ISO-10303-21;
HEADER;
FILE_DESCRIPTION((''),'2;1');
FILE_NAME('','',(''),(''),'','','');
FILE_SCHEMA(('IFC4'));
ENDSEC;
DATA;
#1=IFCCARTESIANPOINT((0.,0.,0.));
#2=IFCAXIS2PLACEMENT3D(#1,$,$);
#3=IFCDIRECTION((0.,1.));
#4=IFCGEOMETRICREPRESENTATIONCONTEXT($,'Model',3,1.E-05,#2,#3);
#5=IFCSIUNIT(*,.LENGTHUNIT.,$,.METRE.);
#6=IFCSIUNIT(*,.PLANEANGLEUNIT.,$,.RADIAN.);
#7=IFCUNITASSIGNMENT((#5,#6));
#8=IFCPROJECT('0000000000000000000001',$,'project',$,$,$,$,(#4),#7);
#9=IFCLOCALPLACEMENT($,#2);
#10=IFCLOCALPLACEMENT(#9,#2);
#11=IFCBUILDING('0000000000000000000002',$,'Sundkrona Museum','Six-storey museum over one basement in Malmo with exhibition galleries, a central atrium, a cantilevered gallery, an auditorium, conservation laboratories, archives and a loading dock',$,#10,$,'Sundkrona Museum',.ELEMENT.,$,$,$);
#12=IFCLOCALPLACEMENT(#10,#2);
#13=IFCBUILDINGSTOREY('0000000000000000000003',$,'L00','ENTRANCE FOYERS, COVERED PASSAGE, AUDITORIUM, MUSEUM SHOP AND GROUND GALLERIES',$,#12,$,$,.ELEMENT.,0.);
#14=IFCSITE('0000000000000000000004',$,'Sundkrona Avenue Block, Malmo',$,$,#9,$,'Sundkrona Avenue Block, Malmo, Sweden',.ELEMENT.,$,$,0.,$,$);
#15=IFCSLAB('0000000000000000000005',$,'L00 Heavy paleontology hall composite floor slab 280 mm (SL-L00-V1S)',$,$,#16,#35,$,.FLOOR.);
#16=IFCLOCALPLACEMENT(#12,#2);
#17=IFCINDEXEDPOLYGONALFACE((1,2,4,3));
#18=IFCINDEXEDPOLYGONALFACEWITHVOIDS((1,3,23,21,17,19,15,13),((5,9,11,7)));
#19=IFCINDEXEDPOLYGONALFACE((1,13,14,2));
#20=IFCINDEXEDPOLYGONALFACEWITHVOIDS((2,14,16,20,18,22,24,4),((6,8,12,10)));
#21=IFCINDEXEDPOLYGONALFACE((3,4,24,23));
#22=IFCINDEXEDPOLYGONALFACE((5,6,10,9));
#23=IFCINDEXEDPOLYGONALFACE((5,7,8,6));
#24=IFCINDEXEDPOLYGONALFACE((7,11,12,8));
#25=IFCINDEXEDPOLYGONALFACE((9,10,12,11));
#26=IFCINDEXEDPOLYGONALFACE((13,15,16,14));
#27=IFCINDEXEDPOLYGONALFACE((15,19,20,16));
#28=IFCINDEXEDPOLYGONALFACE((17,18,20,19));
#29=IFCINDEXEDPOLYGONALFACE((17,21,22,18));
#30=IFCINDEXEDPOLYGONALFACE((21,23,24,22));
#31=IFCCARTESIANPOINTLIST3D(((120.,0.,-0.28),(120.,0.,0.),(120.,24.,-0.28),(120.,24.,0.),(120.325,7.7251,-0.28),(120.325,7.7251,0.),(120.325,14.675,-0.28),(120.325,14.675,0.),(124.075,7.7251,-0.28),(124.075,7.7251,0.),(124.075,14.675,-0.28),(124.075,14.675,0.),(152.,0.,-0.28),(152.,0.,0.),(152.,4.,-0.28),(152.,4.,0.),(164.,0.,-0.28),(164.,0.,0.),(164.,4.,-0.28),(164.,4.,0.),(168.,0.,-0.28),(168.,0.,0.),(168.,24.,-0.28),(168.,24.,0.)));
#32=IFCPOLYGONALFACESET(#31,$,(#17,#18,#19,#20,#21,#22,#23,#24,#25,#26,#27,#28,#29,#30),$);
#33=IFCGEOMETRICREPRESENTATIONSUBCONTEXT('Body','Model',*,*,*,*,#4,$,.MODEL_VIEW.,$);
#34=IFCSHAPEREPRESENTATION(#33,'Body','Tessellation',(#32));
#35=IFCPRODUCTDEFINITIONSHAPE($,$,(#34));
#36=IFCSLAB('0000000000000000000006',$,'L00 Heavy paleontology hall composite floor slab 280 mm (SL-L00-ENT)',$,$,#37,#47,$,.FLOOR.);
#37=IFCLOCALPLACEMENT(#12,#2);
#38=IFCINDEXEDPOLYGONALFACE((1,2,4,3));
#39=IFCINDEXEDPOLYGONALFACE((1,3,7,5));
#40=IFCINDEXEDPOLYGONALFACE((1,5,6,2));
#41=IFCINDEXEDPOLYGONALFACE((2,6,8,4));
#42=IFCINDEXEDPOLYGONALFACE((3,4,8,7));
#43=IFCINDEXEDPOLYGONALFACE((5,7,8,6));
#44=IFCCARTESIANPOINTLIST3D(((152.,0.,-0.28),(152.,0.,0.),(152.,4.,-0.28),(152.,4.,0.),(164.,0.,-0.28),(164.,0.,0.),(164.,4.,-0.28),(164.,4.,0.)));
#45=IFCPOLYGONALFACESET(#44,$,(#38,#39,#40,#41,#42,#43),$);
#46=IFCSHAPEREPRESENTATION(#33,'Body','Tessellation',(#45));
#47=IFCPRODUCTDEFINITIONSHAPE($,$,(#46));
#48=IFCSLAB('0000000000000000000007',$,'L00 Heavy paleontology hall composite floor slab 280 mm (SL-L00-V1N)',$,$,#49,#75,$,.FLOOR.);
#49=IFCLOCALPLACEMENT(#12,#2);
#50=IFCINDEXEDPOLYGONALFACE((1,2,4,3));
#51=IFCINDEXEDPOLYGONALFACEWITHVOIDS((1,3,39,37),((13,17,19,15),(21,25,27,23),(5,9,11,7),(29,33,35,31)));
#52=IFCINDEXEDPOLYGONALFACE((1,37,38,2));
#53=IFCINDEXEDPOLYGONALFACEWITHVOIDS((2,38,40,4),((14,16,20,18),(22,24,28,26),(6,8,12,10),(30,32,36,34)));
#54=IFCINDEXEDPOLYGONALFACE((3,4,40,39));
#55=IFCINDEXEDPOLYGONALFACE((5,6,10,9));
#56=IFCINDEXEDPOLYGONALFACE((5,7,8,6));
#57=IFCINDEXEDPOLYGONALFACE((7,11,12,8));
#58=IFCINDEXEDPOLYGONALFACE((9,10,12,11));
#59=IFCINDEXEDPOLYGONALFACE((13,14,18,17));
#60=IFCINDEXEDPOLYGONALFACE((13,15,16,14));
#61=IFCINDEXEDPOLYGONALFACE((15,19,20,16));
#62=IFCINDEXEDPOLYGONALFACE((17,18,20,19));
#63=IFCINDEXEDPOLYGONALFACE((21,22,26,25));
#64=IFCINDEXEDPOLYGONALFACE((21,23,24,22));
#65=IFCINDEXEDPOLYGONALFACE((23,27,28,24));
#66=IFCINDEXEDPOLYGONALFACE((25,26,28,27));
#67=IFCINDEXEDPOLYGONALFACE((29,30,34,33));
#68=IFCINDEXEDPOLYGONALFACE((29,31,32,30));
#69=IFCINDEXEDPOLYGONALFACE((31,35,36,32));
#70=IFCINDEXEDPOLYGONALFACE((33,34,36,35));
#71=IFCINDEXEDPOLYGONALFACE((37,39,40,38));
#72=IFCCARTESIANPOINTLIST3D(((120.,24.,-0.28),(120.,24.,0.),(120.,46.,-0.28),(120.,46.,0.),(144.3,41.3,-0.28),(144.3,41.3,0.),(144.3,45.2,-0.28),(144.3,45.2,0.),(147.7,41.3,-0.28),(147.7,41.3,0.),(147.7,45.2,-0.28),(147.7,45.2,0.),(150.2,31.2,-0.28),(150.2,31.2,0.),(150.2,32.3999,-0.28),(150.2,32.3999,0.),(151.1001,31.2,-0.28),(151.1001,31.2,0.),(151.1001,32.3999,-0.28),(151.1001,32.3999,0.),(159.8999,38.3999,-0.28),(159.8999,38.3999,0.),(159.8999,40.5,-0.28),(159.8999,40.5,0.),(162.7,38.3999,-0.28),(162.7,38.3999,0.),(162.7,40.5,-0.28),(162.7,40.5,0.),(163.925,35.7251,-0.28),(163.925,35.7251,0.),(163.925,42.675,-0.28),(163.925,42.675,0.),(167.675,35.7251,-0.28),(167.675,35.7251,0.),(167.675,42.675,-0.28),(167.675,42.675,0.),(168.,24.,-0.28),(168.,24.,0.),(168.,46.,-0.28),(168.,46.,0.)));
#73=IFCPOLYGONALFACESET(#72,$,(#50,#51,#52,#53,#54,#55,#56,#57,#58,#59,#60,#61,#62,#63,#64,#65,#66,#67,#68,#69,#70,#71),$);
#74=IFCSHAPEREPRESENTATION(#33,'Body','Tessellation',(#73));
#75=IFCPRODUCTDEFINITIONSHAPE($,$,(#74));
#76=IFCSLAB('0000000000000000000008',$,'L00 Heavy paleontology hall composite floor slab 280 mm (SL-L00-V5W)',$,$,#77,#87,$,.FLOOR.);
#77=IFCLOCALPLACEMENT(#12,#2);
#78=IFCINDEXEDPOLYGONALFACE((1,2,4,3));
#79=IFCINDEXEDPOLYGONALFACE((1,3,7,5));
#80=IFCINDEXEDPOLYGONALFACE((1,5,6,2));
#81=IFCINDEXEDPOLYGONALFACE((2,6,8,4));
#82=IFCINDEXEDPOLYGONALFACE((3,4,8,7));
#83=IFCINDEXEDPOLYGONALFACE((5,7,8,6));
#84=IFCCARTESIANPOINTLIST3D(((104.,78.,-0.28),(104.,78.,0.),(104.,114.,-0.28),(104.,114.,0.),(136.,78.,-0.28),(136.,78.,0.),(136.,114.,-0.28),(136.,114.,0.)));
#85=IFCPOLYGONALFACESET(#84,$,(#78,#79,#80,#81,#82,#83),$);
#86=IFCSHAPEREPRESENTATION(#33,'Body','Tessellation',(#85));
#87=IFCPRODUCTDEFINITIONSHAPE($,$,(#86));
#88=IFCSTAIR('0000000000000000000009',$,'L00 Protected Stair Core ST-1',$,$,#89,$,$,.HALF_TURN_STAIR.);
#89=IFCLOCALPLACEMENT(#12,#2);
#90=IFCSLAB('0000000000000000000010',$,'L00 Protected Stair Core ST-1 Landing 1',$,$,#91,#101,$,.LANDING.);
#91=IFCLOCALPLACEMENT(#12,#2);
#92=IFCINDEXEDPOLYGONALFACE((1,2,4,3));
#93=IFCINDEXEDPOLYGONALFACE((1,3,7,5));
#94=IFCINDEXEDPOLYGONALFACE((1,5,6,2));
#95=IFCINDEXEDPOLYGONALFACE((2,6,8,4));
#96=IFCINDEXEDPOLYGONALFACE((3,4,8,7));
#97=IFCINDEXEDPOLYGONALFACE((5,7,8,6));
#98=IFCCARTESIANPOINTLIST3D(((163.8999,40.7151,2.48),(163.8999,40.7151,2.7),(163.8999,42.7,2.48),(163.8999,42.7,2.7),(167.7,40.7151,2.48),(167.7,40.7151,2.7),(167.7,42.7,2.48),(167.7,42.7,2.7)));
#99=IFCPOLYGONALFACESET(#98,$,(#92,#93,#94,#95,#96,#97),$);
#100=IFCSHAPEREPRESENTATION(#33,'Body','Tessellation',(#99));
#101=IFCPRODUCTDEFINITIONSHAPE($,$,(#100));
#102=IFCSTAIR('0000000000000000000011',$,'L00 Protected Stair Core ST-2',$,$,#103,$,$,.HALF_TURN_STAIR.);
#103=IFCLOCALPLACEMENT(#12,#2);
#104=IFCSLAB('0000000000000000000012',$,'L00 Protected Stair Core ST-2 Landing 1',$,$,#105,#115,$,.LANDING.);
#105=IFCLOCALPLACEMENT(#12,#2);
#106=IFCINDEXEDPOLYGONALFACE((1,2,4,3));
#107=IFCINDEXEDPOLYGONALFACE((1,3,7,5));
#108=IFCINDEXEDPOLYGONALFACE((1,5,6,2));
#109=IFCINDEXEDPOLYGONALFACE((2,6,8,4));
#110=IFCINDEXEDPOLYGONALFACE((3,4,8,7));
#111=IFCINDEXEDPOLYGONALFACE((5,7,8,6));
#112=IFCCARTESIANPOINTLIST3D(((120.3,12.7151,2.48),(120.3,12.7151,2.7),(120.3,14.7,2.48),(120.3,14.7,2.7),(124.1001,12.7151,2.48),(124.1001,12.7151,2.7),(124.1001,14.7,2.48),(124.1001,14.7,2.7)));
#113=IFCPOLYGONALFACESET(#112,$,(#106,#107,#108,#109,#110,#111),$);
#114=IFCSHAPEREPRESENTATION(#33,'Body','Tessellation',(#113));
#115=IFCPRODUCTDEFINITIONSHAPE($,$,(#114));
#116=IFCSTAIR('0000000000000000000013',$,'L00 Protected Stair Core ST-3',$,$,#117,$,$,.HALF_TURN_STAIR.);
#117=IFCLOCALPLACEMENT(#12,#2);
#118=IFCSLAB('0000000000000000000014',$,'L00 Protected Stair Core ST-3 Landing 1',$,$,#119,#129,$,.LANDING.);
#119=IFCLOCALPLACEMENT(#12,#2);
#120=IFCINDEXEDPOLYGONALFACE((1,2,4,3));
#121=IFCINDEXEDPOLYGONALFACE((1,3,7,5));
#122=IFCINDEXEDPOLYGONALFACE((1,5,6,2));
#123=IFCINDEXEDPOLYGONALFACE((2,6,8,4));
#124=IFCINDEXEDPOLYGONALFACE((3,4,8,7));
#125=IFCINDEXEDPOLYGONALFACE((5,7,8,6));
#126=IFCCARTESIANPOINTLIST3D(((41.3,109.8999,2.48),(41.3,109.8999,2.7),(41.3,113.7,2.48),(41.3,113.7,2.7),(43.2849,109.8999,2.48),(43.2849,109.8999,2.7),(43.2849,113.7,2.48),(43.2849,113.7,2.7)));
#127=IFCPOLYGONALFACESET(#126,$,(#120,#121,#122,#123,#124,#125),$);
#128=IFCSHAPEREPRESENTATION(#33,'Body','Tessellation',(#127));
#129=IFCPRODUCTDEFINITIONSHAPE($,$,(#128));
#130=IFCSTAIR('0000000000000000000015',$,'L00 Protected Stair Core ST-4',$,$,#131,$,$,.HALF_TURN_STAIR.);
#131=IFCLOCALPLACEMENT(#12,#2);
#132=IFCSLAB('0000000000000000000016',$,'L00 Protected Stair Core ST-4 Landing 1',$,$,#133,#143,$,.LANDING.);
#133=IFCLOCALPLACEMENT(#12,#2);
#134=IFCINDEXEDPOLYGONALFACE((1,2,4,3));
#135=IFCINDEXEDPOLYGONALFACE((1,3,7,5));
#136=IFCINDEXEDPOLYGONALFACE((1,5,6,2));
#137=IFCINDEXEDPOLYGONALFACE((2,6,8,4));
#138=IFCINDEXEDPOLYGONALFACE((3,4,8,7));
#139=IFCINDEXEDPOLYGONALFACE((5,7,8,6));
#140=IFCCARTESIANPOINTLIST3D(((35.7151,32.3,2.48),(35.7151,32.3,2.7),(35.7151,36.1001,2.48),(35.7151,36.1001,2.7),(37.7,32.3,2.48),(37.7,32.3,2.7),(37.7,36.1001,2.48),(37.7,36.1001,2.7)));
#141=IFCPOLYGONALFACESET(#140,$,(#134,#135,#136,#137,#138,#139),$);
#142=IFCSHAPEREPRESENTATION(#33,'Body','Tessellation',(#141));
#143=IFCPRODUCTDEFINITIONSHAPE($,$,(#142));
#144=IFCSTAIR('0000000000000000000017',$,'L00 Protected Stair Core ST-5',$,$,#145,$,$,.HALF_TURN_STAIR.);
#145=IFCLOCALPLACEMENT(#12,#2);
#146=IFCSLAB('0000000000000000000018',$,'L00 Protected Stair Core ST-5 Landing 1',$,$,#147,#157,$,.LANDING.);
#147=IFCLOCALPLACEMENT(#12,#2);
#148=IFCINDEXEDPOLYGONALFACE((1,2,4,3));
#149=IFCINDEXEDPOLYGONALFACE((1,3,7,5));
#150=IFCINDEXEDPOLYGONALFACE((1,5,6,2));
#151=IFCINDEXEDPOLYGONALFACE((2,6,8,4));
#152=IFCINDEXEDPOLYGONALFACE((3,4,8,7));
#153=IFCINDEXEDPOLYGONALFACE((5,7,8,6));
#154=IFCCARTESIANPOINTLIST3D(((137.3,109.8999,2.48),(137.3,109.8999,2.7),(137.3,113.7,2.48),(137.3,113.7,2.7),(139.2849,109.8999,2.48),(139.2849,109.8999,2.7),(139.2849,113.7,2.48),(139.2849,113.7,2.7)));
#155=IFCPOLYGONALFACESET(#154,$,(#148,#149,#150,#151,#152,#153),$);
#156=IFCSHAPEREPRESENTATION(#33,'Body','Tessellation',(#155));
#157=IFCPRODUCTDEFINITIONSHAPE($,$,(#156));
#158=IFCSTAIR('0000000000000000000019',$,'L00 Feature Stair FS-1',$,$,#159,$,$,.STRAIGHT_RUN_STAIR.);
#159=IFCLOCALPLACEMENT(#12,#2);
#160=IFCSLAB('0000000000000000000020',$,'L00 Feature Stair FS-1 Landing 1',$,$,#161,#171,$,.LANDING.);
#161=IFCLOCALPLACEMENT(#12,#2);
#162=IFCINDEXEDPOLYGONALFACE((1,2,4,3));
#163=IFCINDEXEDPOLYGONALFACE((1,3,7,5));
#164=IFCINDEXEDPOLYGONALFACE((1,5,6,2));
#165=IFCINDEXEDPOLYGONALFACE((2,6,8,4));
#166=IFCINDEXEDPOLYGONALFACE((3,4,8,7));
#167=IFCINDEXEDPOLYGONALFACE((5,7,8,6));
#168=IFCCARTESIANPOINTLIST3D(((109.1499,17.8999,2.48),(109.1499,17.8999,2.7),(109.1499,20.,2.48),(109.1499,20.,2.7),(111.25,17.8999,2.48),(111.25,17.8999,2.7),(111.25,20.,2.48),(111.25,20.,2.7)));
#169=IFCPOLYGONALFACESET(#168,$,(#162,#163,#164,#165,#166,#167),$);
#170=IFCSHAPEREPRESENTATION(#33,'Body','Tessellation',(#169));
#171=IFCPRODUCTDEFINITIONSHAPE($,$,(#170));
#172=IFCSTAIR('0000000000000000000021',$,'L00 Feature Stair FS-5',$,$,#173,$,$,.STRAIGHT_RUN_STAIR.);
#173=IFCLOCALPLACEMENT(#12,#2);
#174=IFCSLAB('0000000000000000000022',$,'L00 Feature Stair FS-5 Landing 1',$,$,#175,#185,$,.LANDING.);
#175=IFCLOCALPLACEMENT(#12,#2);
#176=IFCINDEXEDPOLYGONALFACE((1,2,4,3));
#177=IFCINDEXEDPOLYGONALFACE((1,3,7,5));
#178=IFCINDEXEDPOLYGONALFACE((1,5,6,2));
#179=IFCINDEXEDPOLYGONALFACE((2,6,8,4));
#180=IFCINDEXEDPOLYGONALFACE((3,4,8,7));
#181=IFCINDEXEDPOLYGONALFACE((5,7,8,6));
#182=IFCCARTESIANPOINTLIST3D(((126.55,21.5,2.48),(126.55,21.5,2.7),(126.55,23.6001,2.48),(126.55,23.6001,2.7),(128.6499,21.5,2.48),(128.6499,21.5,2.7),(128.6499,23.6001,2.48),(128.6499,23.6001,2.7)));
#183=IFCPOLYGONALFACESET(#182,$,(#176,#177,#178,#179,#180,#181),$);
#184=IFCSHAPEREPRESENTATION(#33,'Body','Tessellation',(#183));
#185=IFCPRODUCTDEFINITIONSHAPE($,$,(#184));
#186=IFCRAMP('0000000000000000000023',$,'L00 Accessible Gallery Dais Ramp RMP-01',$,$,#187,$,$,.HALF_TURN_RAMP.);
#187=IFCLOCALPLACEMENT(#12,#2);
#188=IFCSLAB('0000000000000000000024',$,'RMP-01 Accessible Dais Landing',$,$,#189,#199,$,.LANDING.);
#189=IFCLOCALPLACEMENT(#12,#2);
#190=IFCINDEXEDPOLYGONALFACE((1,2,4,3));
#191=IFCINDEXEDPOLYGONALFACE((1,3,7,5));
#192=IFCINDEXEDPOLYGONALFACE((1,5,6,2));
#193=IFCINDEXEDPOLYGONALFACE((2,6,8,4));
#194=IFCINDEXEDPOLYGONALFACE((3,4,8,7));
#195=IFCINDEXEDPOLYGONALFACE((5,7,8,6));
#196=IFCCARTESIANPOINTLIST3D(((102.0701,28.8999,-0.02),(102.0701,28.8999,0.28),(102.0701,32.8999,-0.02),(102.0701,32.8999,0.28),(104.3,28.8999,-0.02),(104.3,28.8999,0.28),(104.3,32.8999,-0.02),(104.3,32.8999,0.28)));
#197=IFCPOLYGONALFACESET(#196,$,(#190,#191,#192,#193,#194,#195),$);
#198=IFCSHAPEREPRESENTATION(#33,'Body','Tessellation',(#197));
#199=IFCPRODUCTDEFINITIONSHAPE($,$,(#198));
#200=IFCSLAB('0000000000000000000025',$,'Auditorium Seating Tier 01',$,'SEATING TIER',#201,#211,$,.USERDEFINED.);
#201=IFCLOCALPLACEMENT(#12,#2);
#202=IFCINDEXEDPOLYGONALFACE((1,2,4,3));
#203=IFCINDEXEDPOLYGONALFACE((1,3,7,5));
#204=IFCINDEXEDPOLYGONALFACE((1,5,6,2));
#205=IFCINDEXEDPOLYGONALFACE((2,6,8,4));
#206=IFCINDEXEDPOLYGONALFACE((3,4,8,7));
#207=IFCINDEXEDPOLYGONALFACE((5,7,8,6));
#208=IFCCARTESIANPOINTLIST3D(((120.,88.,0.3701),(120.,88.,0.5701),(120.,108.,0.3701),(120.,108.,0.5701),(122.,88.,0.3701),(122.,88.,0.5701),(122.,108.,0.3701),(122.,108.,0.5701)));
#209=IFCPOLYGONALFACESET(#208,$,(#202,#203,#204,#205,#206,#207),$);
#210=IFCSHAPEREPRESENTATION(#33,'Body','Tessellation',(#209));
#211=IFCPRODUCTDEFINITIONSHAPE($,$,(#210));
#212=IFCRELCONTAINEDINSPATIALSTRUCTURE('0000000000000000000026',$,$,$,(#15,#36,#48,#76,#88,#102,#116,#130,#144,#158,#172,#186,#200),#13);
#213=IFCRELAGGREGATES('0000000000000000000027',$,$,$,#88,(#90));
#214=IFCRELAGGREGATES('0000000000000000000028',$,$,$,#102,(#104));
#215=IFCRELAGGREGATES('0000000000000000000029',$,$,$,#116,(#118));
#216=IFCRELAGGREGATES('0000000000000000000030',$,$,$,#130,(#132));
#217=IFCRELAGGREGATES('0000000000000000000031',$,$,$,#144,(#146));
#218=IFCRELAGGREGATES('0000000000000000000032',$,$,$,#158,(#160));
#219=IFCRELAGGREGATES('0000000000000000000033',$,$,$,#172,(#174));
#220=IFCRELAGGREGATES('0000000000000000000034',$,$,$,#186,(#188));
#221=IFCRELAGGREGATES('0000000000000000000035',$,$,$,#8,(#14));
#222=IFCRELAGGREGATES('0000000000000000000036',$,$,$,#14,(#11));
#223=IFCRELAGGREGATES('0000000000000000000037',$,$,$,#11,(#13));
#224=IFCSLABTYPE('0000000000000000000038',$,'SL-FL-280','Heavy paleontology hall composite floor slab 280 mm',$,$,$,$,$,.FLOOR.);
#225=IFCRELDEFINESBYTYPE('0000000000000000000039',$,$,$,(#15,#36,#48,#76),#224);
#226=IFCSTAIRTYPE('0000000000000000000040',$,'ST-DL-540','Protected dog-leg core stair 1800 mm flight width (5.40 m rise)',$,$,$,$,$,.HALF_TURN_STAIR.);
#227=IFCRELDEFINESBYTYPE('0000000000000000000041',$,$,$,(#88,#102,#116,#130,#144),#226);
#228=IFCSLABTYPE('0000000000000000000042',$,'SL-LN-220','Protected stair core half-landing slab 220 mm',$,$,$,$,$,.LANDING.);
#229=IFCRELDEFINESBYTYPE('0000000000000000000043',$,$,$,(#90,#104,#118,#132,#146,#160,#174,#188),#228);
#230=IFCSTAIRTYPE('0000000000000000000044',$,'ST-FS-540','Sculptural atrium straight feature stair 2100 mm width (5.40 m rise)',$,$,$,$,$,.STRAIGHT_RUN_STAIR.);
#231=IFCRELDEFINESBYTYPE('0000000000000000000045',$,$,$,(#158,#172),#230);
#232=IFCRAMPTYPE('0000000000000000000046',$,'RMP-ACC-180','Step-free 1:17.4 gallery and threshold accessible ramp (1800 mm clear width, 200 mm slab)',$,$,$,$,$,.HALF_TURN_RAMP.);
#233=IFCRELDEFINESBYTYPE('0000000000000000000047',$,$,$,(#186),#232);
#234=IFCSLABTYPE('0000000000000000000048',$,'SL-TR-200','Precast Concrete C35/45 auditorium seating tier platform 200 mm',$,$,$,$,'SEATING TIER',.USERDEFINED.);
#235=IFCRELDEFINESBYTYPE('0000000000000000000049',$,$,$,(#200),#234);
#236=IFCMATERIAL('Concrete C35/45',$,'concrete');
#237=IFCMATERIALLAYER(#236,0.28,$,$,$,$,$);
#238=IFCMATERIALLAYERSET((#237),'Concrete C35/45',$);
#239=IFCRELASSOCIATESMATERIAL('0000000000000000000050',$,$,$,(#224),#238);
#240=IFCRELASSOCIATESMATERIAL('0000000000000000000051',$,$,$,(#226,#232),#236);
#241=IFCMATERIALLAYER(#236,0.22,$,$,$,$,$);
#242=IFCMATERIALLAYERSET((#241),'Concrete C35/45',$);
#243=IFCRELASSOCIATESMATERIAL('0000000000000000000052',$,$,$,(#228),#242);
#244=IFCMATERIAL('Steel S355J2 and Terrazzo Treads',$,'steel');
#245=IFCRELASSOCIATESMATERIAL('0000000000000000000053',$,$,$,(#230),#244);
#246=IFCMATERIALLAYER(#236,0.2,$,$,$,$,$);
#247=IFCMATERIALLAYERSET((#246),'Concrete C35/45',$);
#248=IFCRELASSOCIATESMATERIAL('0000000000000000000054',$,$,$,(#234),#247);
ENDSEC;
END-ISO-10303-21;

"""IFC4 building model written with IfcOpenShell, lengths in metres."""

from ifc_helpers import new_model, si_unit, direction, frame, origin, place, context, subcontext, project, spatial, polyline, outline, extrude, material, layer, layer_set, type_object, element, aggregate, save


model = new_model("IFC4")

# Units and contexts
model_context = context("Model", 3, precision=1e-05, world=origin(), true_north=direction((0.0, 1.0)))
body_context = subcontext(model_context, "Body", "Model", "MODEL_VIEW")
ifc_project = project(units=[si_unit("LENGTHUNIT", "METRE"), si_unit("PLANEANGLEUNIT", "RADIAN")], contexts=[model_context])

# Site, building, storey
site_placement = place(None, origin())
site = spatial("IfcSite", under=ifc_project, at=site_placement, Name="Sundkrona Avenue Block, Malmo", LongName="Sundkrona Avenue Block, Malmo, Sweden", CompositionType="ELEMENT", RefElevation=0.0)
building_placement = place(site_placement, origin())
building = spatial("IfcBuilding", under=site, at=building_placement, Name="Sundkrona Museum", Description="Six-storey museum over one basement in Malmo with exhibition galleries, a central atrium, a cantilevered gallery, an auditorium, conservation laboratories, archives and a loading dock", LongName="Sundkrona Museum", CompositionType="ELEMENT")
storey_placement = place(building_placement, origin())
storey = spatial("IfcBuildingStorey", under=building, at=storey_placement, Name="L00", Description="ENTRANCE FOYERS, COVERED PASSAGE, AUDITORIUM, MUSEUM SHOP AND GROUND GALLERIES", CompositionType="ELEMENT", Elevation=0.0)

# Slabs
ifc_material_1 = material(Name="Concrete C35/45", Category="concrete")
ifc_layer_1 = layer(ifc_material_1, 0.28)
ifc_layer_set_1 = layer_set([ifc_layer_1], Name="Concrete C35/45")
slab_type_1 = type_object("IfcSlabType", Name="SL-FL-280", Description="Heavy paleontology hall composite floor slab 280 mm", PredefinedType="FLOOR", material=ifc_layer_set_1)
slab_1_placement = place(storey_placement, frame((0.0, 0.0, -0.28)))
element("IfcSlab", 1, at=slab_1_placement, inside=storey, type_object=slab_type_1, Name="L00 Heavy paleontology hall composite floor slab 280 mm (SL-L00-V1S)", PredefinedType="FLOOR", context=body_context, shape_type="SweptSolid", body=[
    extrude(outline(polyline([(120.0, 0.0), (152.0, 0.0), (152.0, 4.0), (164.0, 4.0), (164.0, 0.0), (168.0, 0.0), (168.0, 24.0), (120.0, 24.0), (120.0, 0.0)]), holes=[polyline([(124.075, 14.675), (124.075, 7.7251), (120.325, 7.7251), (120.325, 14.675), (124.075, 14.675)])]), origin(), (0.0, 0.0, 1.0), 0.28),
])
slab_2_placement = place(storey_placement, frame((0.0, 0.0, -0.28)))
element("IfcSlab", 2, at=slab_2_placement, inside=storey, type_object=slab_type_1, Name="L00 Heavy paleontology hall composite floor slab 280 mm (SL-L00-ENT)", PredefinedType="FLOOR", context=body_context, shape_type="SweptSolid", body=[
    extrude(outline(polyline([(152.0, 0.0), (164.0, 0.0), (164.0, 4.0), (152.0, 4.0), (152.0, 0.0)])), origin(), (0.0, 0.0, 1.0), 0.28),
])
slab_3_placement = place(storey_placement, frame((0.0, 0.0, -0.28)))
element("IfcSlab", 3, at=slab_3_placement, inside=storey, type_object=slab_type_1, Name="L00 Heavy paleontology hall composite floor slab 280 mm (SL-L00-V1N)", PredefinedType="FLOOR", context=body_context, shape_type="SweptSolid", body=[
    extrude(outline(polyline([(120.0, 24.0), (168.0, 24.0), (168.0, 46.0), (120.0, 46.0), (120.0, 24.0)]), holes=[polyline([(167.675, 42.675), (167.675, 35.7251), (163.925, 35.7251), (163.925, 42.675), (167.675, 42.675)]), polyline([(162.7, 38.3999), (159.8999, 38.3999), (159.8999, 40.5), (162.7, 40.5), (162.7, 38.3999)]), polyline([(151.1001, 31.2), (150.2, 31.2), (150.2, 32.3999), (151.1001, 32.3999), (151.1001, 31.2)]), polyline([(147.7, 41.3), (144.3, 41.3), (144.3, 45.2), (147.7, 45.2), (147.7, 41.3)])]), origin(), (0.0, 0.0, 1.0), 0.28),
])
slab_4_placement = place(storey_placement, frame((0.0, 0.0, -0.28)))
element("IfcSlab", 4, at=slab_4_placement, inside=storey, type_object=slab_type_1, Name="L00 Heavy paleontology hall composite floor slab 280 mm (SL-L00-V5W)", PredefinedType="FLOOR", context=body_context, shape_type="SweptSolid", body=[
    extrude(outline(polyline([(104.0, 78.0), (136.0, 78.0), (136.0, 114.0), (104.0, 114.0), (104.0, 78.0)])), origin(), (0.0, 0.0, 1.0), 0.28),
])

# Stairs, slabs
stair_type_1 = type_object("IfcStairType", Name="ST-DL-540", Description="Protected dog-leg core stair 1800 mm flight width (5.40 m rise)", PredefinedType="HALF_TURN_STAIR", material=ifc_material_1)
stair_1_placement = place(storey_placement, origin())
stair_1 = element("IfcStair", 5, at=stair_1_placement, inside=storey, type_object=stair_type_1, Name="L00 Protected Stair Core ST-1", PredefinedType="HALF_TURN_STAIR")
ifc_layer_2 = layer(ifc_material_1, 0.22)
ifc_layer_set_2 = layer_set([ifc_layer_2], Name="Concrete C35/45")
slab_type_2 = type_object("IfcSlabType", Name="SL-LN-220", Description="Protected stair core half-landing slab 220 mm", PredefinedType="LANDING", material=ifc_layer_set_2)
slab_5_placement = place(storey_placement, frame((0.0, 0.0, 2.48)))
slab_5 = element("IfcSlab", 6, at=slab_5_placement, type_object=slab_type_2, Name="L00 Protected Stair Core ST-1 Landing 1", PredefinedType="LANDING", context=body_context, shape_type="SweptSolid", body=[
    extrude(outline(polyline([(167.7, 40.7151), (167.7, 42.7), (163.8999, 42.7), (163.8999, 40.7151), (167.7, 40.7151)])), origin(), (0.0, 0.0, 1.0), 0.22),
])
aggregate(stair_1, [slab_5])
stair_2_placement = place(storey_placement, origin())
stair_2 = element("IfcStair", 7, at=stair_2_placement, inside=storey, type_object=stair_type_1, Name="L00 Protected Stair Core ST-2", PredefinedType="HALF_TURN_STAIR")
slab_6_placement = place(storey_placement, frame((0.0, 0.0, 2.48)))
slab_6 = element("IfcSlab", 8, at=slab_6_placement, type_object=slab_type_2, Name="L00 Protected Stair Core ST-2 Landing 1", PredefinedType="LANDING", context=body_context, shape_type="SweptSolid", body=[
    extrude(outline(polyline([(124.1001, 12.7151), (124.1001, 14.7), (120.3, 14.7), (120.3, 12.7151), (124.1001, 12.7151)])), origin(), (0.0, 0.0, 1.0), 0.22),
])
aggregate(stair_2, [slab_6])
stair_3_placement = place(storey_placement, origin())
stair_3 = element("IfcStair", 9, at=stair_3_placement, inside=storey, type_object=stair_type_1, Name="L00 Protected Stair Core ST-3", PredefinedType="HALF_TURN_STAIR")
slab_7_placement = place(storey_placement, frame((0.0, 0.0, 2.48)))
slab_7 = element("IfcSlab", 10, at=slab_7_placement, type_object=slab_type_2, Name="L00 Protected Stair Core ST-3 Landing 1", PredefinedType="LANDING", context=body_context, shape_type="SweptSolid", body=[
    extrude(outline(polyline([(43.2849, 113.7), (41.3, 113.7), (41.3, 109.8999), (43.2849, 109.8999), (43.2849, 113.7)])), origin(), (0.0, 0.0, 1.0), 0.22),
])
aggregate(stair_3, [slab_7])
stair_4_placement = place(storey_placement, origin())
stair_4 = element("IfcStair", 11, at=stair_4_placement, inside=storey, type_object=stair_type_1, Name="L00 Protected Stair Core ST-4", PredefinedType="HALF_TURN_STAIR")
slab_8_placement = place(storey_placement, frame((0.0, 0.0, 2.48)))
slab_8 = element("IfcSlab", 12, at=slab_8_placement, type_object=slab_type_2, Name="L00 Protected Stair Core ST-4 Landing 1", PredefinedType="LANDING", context=body_context, shape_type="SweptSolid", body=[
    extrude(outline(polyline([(35.7151, 32.3), (37.7, 32.3), (37.7, 36.1001), (35.7151, 36.1001), (35.7151, 32.3)])), origin(), (0.0, 0.0, 1.0), 0.22),
])
aggregate(stair_4, [slab_8])
stair_5_placement = place(storey_placement, origin())
stair_5 = element("IfcStair", 13, at=stair_5_placement, inside=storey, type_object=stair_type_1, Name="L00 Protected Stair Core ST-5", PredefinedType="HALF_TURN_STAIR")
slab_9_placement = place(storey_placement, frame((0.0, 0.0, 2.48)))
slab_9 = element("IfcSlab", 14, at=slab_9_placement, type_object=slab_type_2, Name="L00 Protected Stair Core ST-5 Landing 1", PredefinedType="LANDING", context=body_context, shape_type="SweptSolid", body=[
    extrude(outline(polyline([(139.2849, 113.7), (137.3, 113.7), (137.3, 109.8999), (139.2849, 109.8999), (139.2849, 113.7)])), origin(), (0.0, 0.0, 1.0), 0.22),
])
aggregate(stair_5, [slab_9])
ifc_material_2 = material(Name="Steel S355J2 and Terrazzo Treads", Category="steel")
stair_type_2 = type_object("IfcStairType", Name="ST-FS-540", Description="Sculptural atrium straight feature stair 2100 mm width (5.40 m rise)", PredefinedType="STRAIGHT_RUN_STAIR", material=ifc_material_2)
stair_6_placement = place(storey_placement, origin())
stair_6 = element("IfcStair", 15, at=stair_6_placement, inside=storey, type_object=stair_type_2, Name="L00 Feature Stair FS-1", PredefinedType="STRAIGHT_RUN_STAIR")
slab_10_placement = place(storey_placement, frame((0.0, 0.0, 2.48)))
slab_10 = element("IfcSlab", 16, at=slab_10_placement, type_object=slab_type_2, Name="L00 Feature Stair FS-1 Landing 1", PredefinedType="LANDING", context=body_context, shape_type="SweptSolid", body=[
    extrude(outline(polyline([(111.25, 17.8999), (111.25, 20.0), (109.1499, 20.0), (109.1499, 17.8999), (111.25, 17.8999)])), origin(), (0.0, 0.0, 1.0), 0.22),
])
aggregate(stair_6, [slab_10])
stair_7_placement = place(storey_placement, origin())
stair_7 = element("IfcStair", 17, at=stair_7_placement, inside=storey, type_object=stair_type_2, Name="L00 Feature Stair FS-5", PredefinedType="STRAIGHT_RUN_STAIR")
slab_11_placement = place(storey_placement, frame((0.0, 0.0, 2.48)))
slab_11 = element("IfcSlab", 18, at=slab_11_placement, type_object=slab_type_2, Name="L00 Feature Stair FS-5 Landing 1", PredefinedType="LANDING", context=body_context, shape_type="SweptSolid", body=[
    extrude(outline(polyline([(128.6499, 21.5), (128.6499, 23.6001), (126.55, 23.6001), (126.55, 21.5), (128.6499, 21.5)])), origin(), (0.0, 0.0, 1.0), 0.22),
])
aggregate(stair_7, [slab_11])

# Ramp, slab
ramp_type = type_object("IfcRampType", Name="RMP-ACC-180", Description="Step-free 1:17.4 gallery and threshold accessible ramp (1800 mm clear width, 200 mm slab)", PredefinedType="HALF_TURN_RAMP", material=ifc_material_1)
ramp_placement = place(storey_placement, origin())
ramp = element("IfcRamp", 19, at=ramp_placement, inside=storey, type_object=ramp_type, Name="L00 Accessible Gallery Dais Ramp RMP-01", PredefinedType="HALF_TURN_RAMP")
slab_12_placement = place(storey_placement, frame((0.0, 0.0, -0.02)))
slab_12 = element("IfcSlab", 20, at=slab_12_placement, type_object=slab_type_2, Name="RMP-01 Accessible Dais Landing", PredefinedType="LANDING", context=body_context, shape_type="SweptSolid", body=[
    extrude(outline(polyline([(102.0701, 28.8999), (104.3, 28.8999), (104.3, 32.8999), (102.0701, 32.8999), (102.0701, 28.8999)])), origin(), (0.0, 0.0, 1.0), 0.3),
])
aggregate(ramp, [slab_12])

# Slab
ifc_layer_3 = layer(ifc_material_1, 0.2)
ifc_layer_set_3 = layer_set([ifc_layer_3], Name="Concrete C35/45")
slab_type_3 = type_object("IfcSlabType", Name="SL-TR-200", Description="Precast Concrete C35/45 auditorium seating tier platform 200 mm", ElementType="SEATING TIER", PredefinedType="USERDEFINED", material=ifc_layer_set_3)
slab_13_placement = place(storey_placement, frame((0.0, 0.0, 0.3701)))
element("IfcSlab", 21, at=slab_13_placement, inside=storey, type_object=slab_type_3, Name="Auditorium Seating Tier 01", ObjectType="SEATING TIER", PredefinedType="USERDEFINED", context=body_context, shape_type="SweptSolid", body=[
    extrude(outline(polyline([(120.0, 88.0), (122.0, 88.0), (122.0, 108.0), (120.0, 108.0), (120.0, 88.0)])), origin(), (0.0, 0.0, 1.0), 0.2),
])

save(model, "model.ifc")
